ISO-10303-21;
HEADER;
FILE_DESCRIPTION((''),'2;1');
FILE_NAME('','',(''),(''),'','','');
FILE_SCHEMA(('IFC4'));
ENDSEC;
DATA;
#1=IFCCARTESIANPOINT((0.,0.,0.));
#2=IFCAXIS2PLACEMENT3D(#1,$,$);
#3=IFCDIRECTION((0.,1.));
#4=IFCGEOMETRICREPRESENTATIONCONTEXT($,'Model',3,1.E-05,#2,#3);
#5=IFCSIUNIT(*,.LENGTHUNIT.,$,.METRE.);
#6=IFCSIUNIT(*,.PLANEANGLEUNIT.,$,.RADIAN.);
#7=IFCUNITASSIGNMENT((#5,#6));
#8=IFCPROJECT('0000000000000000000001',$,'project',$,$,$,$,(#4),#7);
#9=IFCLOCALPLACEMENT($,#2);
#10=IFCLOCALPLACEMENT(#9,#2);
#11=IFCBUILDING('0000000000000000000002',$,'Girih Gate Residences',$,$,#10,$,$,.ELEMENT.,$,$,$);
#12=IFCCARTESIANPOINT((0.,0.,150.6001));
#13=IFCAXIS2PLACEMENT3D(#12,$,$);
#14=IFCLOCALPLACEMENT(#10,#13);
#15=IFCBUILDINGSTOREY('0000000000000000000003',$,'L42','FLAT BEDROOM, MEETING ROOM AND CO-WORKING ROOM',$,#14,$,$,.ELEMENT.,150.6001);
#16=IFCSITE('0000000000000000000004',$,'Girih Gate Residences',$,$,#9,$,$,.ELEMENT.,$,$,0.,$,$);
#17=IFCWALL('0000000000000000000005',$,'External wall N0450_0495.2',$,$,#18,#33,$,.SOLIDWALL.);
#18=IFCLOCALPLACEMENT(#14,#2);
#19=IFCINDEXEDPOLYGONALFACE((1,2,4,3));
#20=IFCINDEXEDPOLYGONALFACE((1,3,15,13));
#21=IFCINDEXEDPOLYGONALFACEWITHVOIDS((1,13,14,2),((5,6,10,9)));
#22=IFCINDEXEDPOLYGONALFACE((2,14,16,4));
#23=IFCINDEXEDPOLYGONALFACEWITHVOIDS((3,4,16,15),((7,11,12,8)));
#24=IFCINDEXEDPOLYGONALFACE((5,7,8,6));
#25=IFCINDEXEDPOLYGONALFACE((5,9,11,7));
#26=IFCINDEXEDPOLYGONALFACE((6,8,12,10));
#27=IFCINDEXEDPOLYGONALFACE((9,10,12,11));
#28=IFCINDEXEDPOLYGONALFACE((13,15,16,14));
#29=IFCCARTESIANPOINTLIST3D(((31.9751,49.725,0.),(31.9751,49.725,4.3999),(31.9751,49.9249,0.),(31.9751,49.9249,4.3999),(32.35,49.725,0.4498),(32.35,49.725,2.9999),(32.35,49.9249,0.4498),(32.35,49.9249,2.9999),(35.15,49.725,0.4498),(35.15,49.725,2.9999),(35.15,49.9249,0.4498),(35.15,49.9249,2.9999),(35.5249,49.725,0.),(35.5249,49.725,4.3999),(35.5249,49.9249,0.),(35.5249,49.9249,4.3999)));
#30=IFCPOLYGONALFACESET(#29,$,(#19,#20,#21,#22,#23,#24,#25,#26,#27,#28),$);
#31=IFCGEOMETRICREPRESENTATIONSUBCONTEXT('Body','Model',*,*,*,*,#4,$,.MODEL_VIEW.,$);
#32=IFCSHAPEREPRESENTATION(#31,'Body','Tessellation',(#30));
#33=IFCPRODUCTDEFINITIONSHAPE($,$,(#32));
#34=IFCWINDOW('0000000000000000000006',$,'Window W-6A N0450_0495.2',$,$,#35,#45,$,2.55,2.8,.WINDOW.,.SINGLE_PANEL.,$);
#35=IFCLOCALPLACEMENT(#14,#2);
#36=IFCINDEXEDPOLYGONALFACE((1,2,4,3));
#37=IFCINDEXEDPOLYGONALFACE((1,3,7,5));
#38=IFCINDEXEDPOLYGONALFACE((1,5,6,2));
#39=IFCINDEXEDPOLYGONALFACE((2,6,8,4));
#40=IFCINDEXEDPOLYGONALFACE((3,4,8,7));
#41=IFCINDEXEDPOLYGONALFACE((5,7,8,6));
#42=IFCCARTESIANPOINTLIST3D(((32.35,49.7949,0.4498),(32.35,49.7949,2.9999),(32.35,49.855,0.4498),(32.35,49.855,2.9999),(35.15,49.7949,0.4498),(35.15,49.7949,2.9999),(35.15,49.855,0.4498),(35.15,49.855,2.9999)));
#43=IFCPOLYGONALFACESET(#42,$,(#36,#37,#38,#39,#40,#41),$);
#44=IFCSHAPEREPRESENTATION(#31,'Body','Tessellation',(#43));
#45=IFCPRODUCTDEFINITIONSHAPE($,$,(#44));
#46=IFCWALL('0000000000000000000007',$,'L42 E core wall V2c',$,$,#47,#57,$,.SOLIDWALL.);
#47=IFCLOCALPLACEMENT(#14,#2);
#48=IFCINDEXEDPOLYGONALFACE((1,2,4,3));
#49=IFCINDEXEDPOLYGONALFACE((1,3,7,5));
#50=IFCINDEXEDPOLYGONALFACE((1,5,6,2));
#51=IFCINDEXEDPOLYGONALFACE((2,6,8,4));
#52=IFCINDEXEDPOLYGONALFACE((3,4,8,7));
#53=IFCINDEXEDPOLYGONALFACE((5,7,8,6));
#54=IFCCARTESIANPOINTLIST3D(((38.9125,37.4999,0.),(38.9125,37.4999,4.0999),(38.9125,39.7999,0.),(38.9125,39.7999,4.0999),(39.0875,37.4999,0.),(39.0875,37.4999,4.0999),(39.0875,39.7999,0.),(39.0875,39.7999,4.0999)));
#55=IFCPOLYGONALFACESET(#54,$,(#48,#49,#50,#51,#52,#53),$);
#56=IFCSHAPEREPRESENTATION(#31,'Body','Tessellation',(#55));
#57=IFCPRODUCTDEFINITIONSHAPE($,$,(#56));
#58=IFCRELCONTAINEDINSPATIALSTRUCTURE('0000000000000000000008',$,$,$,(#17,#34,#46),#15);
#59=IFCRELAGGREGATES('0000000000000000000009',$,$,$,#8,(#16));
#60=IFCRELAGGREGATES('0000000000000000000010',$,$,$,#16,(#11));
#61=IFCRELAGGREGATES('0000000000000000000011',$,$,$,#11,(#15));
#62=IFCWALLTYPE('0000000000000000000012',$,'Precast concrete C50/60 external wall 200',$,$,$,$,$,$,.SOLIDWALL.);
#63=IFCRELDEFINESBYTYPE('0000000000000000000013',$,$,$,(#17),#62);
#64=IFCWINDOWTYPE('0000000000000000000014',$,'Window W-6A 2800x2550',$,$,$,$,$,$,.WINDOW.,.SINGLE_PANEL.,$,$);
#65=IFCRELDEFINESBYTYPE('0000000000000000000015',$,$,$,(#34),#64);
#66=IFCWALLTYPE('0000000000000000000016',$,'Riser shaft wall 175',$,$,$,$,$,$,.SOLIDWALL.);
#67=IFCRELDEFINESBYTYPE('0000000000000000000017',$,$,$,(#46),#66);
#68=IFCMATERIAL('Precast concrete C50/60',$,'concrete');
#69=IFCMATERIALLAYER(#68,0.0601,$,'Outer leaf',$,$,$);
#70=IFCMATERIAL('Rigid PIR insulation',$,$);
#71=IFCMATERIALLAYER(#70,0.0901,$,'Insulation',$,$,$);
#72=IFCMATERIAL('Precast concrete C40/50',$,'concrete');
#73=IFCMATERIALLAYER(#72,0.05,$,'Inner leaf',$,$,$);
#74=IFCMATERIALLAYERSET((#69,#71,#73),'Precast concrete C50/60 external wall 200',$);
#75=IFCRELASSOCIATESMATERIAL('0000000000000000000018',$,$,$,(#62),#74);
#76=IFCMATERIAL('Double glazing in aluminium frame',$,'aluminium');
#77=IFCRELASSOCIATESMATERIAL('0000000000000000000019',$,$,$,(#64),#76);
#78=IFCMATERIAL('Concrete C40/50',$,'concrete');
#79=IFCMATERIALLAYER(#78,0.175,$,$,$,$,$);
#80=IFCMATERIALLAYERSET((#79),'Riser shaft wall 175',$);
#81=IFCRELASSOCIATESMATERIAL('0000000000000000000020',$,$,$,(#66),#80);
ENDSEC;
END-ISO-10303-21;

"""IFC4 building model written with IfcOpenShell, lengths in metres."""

from ifc_helpers import new_model, si_unit, direction, frame, frame_2d, origin, place, context, subcontext, project, spatial, rectangle, extrude, material, layer, layer_set, type_object, element, fill, save


model = new_model("IFC4")

# Units and contexts
model_context = context("Model", 3, precision=1e-05, world=origin(), true_north=direction((0.0, 1.0)))
body_context = subcontext(model_context, "Body", "Model", "MODEL_VIEW")
ifc_project = project(units=[si_unit("LENGTHUNIT", "METRE"), si_unit("PLANEANGLEUNIT", "RADIAN")], contexts=[model_context])

# Site, building, storey
site_placement = place(None, origin())
site = spatial("IfcSite", under=ifc_project, at=site_placement, Name="Girih Gate Residences", CompositionType="ELEMENT", RefElevation=0.0)
building_placement = place(site_placement, origin())
building = spatial("IfcBuilding", under=site, at=building_placement, Name="Girih Gate Residences", CompositionType="ELEMENT")
storey_placement = place(building_placement, frame((0.0, 0.0, 150.6001)))
storey = spatial("IfcBuildingStorey", under=building, at=storey_placement, Name="L42", Description="FLAT BEDROOM, MEETING ROOM AND CO-WORKING ROOM", CompositionType="ELEMENT", Elevation=150.6001)

# Shared definitions
ifc_material_1 = material(Name="Concrete C40/50", Category="concrete")

# Wall, opening, window
ifc_material_2 = material(Name="Precast concrete C50/60", Category="concrete")
ifc_layer_1 = layer(ifc_material_2, 0.0601, Name="Outer leaf")
ifc_material_3 = material(Name="Rigid PIR insulation")
ifc_layer_2 = layer(ifc_material_3, 0.0901, Name="Insulation")
ifc_material_4 = material(Name="Precast concrete C40/50", Category="concrete")
ifc_layer_3 = layer(ifc_material_4, 0.05, Name="Inner leaf")
ifc_layer_set_1 = layer_set([ifc_layer_1, ifc_layer_2, ifc_layer_3], Name="Precast concrete C50/60 external wall 200")
wall_type_1 = type_object("IfcWallType", Name="Precast concrete C50/60 external wall 200", PredefinedType="SOLIDWALL", material=ifc_layer_set_1)
ifc_material_5 = material(Name="Double glazing in aluminium frame", Category="aluminium")
window_type = type_object("IfcWindowType", Name="Window W-6A 2800x2550", PartitioningType="SINGLE_PANEL", PredefinedType="WINDOW", material=ifc_material_5)
wall_1_placement = place(storey_placement, frame((31.9751, 49.825, 0.0), z_axis=(0.0, 0.0, 1.0), x_axis=(1.0, 0.0, 0.0)))
wall_1 = element("IfcWall", 1, at=wall_1_placement, inside=storey, type_object=wall_type_1, Name="External wall N0450_0495.2", PredefinedType="SOLIDWALL", context=body_context, shape_type="SweptSolid", body=[
    extrude(rectangle(XDim=3.5498, YDim=0.2, at=frame_2d((1.7749, 0.0))), origin(), (0.0, 0.0, 1.0), 4.3999),
])
opening_1_placement = place(wall_1_placement, frame((0.375, 0.0, 0.45)))
opening_1 = element("IfcOpeningElement", 2, at=opening_1_placement, cuts=wall_1, PredefinedType="OPENING", context=body_context, shape_type="SweptSolid", body=[
    extrude(rectangle(XDim=2.8, YDim=2.55, at=frame_2d((1.3999, 1.2749))), frame((0.0, 0.1099, 0.0), z_axis=(0.0, -1.0, 0.0), x_axis=(1.0, 0.0, 0.0)), (0.0, 0.0, 1.0), 0.22),
])
window_1_placement = place(opening_1_placement, origin())
window_1 = element("IfcWindow", 3, at=window_1_placement, inside=storey, type_object=window_type, Name="Window W-6A N0450_0495.2", OverallHeight=2.55, OverallWidth=2.8, PartitioningType="SINGLE_PANEL", PredefinedType="WINDOW", context=body_context, shape_type="SweptSolid", body=[
    extrude(rectangle(XDim=2.8, YDim=2.55, at=frame_2d((1.3999, 1.2749))), frame((0.0, 0.03, 0.0), z_axis=(0.0, -1.0, 0.0), x_axis=(1.0, 0.0, 0.0)), (0.0, 0.0, 1.0), 0.0601),
])
fill(opening_1, window_1)

# Wall
ifc_layer_4 = layer(ifc_material_1, 0.175)
ifc_layer_set_2 = layer_set([ifc_layer_4], Name="Riser shaft wall 175")
wall_type_2 = type_object("IfcWallType", Name="Riser shaft wall 175", PredefinedType="SOLIDWALL", material=ifc_layer_set_2)
wall_2_placement = place(storey_placement, frame((39.0, 37.5, 0.0), z_axis=(0.0, 0.0, 1.0), x_axis=(0.0, 1.0, 0.0)))
element("IfcWall", 4, at=wall_2_placement, inside=storey, type_object=wall_type_2, Name="L42 E core wall V2c", PredefinedType="SOLIDWALL", context=body_context, shape_type="SweptSolid", body=[
    extrude(rectangle(XDim=2.3, YDim=0.175, at=frame_2d((1.1499, 0.0))), origin(), (0.0, 0.0, 1.0), 4.0999),
])

save(model, "model.ifc")
